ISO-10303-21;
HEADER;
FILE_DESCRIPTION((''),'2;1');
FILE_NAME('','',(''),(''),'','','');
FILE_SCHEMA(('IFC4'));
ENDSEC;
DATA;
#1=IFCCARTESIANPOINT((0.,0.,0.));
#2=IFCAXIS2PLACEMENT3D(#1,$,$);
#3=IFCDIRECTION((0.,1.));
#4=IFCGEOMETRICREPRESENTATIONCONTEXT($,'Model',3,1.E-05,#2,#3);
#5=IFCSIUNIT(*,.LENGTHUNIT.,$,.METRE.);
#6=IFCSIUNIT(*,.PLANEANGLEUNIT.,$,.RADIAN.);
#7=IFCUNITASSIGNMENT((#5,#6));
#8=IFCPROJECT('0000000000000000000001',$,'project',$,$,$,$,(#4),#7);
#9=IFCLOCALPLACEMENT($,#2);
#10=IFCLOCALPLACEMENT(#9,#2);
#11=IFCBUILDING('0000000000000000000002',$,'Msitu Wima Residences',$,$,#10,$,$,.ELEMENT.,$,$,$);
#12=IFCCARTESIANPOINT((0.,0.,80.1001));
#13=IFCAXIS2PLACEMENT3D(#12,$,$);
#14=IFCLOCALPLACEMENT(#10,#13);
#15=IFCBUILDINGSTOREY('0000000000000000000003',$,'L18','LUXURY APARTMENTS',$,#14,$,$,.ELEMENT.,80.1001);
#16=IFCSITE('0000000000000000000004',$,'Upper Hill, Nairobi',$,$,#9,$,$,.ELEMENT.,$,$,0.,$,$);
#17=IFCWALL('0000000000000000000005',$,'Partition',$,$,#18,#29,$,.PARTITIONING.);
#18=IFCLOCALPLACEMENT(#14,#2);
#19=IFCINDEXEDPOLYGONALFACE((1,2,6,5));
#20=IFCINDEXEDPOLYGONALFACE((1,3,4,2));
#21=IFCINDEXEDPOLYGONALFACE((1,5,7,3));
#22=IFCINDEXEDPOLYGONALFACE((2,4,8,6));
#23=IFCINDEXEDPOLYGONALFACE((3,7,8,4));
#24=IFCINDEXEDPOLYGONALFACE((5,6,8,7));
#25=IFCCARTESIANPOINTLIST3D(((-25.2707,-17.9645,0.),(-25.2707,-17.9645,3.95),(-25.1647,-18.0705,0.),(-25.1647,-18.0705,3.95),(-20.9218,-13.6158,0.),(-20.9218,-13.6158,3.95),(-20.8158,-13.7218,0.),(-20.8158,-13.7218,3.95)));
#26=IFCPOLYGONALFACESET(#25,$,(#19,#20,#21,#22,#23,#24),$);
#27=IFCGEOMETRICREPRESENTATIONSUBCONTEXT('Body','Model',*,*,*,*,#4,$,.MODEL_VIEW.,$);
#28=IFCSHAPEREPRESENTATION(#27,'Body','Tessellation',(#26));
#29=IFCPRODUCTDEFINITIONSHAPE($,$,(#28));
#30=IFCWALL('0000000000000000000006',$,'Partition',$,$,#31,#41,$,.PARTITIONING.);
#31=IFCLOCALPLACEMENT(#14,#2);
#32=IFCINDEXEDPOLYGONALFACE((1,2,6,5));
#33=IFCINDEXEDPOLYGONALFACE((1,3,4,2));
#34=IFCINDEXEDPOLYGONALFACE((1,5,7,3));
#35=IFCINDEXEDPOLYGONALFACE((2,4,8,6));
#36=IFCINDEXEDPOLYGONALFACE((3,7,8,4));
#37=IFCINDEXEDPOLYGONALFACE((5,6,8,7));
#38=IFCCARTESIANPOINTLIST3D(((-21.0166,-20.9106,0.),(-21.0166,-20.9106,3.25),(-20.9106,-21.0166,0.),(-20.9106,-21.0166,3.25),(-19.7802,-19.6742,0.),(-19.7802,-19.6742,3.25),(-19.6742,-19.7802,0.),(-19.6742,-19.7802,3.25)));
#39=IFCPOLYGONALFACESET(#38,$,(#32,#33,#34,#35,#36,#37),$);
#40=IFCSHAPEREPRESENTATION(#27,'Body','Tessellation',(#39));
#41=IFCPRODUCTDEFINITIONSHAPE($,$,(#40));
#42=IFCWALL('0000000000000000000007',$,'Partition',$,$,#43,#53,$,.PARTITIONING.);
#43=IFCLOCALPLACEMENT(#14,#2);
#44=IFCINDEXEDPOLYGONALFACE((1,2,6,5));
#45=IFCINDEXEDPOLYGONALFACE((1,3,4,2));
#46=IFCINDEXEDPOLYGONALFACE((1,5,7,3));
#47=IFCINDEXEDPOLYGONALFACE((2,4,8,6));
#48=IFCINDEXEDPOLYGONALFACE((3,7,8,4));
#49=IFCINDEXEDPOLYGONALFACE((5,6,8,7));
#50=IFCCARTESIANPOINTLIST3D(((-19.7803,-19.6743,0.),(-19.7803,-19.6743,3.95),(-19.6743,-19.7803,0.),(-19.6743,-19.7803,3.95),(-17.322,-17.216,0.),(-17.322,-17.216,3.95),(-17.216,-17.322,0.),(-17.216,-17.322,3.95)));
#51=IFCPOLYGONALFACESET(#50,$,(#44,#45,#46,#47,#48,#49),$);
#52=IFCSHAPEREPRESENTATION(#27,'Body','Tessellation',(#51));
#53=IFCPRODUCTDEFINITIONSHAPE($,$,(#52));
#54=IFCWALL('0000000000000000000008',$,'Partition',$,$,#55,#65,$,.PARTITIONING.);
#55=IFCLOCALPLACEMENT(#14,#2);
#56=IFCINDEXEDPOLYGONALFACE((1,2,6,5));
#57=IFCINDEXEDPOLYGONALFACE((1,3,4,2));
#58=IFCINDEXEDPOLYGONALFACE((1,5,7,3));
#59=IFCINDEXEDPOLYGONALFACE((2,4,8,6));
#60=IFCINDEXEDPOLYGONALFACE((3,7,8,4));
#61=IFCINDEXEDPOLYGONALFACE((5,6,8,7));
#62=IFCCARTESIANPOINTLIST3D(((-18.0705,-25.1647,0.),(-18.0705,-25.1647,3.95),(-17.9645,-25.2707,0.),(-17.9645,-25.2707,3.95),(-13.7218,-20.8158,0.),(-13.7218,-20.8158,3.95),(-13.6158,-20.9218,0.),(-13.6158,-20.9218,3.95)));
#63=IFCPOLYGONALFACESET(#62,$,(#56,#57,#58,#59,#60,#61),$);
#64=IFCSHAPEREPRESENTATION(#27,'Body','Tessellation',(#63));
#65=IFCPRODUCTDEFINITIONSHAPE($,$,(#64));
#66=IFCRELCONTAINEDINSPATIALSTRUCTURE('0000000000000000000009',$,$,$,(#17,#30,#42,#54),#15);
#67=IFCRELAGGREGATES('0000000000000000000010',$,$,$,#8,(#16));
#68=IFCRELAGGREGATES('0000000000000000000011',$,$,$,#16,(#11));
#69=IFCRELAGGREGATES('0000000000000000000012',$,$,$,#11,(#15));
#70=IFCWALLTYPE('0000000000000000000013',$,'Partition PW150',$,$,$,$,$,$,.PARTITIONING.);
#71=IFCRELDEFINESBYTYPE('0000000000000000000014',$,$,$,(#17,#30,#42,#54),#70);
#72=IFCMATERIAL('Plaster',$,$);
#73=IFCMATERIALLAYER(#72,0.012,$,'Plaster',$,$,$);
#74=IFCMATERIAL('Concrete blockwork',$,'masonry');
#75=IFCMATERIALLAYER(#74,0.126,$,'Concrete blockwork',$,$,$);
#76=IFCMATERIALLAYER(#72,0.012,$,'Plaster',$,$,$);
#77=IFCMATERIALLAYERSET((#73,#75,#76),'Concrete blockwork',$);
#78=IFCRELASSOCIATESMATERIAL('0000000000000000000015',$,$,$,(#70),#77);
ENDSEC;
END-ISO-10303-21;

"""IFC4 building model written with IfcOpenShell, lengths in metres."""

from ifc_helpers import new_model, si_unit, direction, frame, frame_2d, origin, place, context, subcontext, project, spatial, rectangle, extrude, material, layer, layer_set, type_object, element, save


model = new_model("IFC4")

# Units and contexts
model_context = context("Model", 3, precision=1e-05, world=origin(), true_north=direction((0.0, 1.0)))
body_context = subcontext(model_context, "Body", "Model", "MODEL_VIEW")
ifc_project = project(units=[si_unit("LENGTHUNIT", "METRE"), si_unit("PLANEANGLEUNIT", "RADIAN")], contexts=[model_context])

# Site, building, storey
site_placement = place(None, origin())
site = spatial("IfcSite", under=ifc_project, at=site_placement, Name="Upper Hill, Nairobi", CompositionType="ELEMENT", RefElevation=0.0)
building_placement = place(site_placement, origin())
building = spatial("IfcBuilding", under=site, at=building_placement, Name="Msitu Wima Residences", CompositionType="ELEMENT")
storey_placement = place(building_placement, frame((0.0, 0.0, 80.1001)))
storey = spatial("IfcBuildingStorey", under=building, at=storey_placement, Name="L18", Description="LUXURY APARTMENTS", CompositionType="ELEMENT", Elevation=80.1001)

# Shared definitions
ifc_material_1 = material(Name="Plaster")
ifc_material_2 = material(Name="Concrete blockwork", Category="masonry")

# Walls
ifc_layer_1 = layer(ifc_material_1, 0.012, Name="Plaster")
ifc_layer_2 = layer(ifc_material_2, 0.126, Name="Concrete blockwork")
ifc_layer_3 = layer(ifc_material_1, 0.012, Name="Plaster")
ifc_layer_set_1 = layer_set([ifc_layer_1, ifc_layer_2, ifc_layer_3], Name="Concrete blockwork")
wall_type_1 = type_object("IfcWallType", Name="Partition PW150", PredefinedType="PARTITIONING", material=ifc_layer_set_1)
wall_1_placement = place(storey_placement, frame((-25.2178, -18.0176, 0.0), z_axis=(0.0, 0.0, 1.0), x_axis=(0.707127, 0.707087, 0.0)))
element("IfcWall", 1, at=wall_1_placement, inside=storey, type_object=wall_type_1, Name="Partition", PredefinedType="PARTITIONING", context=body_context, shape_type="SweptSolid", body=[
    extrude(rectangle(XDim=6.1501, YDim=0.1499, at=frame_2d((3.0752, 0.0))), origin(), (0.0, 0.0, 1.0), 3.95),
])
wall_2_placement = place(storey_placement, frame((-20.9636, -20.9636, 0.0), z_axis=(0.0, 0.0, 1.0), x_axis=(0.707107, 0.707107, 0.0)))
element("IfcWall", 2, at=wall_2_placement, inside=storey, type_object=wall_type_1, Name="Partition", PredefinedType="PARTITIONING", context=body_context, shape_type="SweptSolid", body=[
    extrude(rectangle(XDim=1.7485, YDim=0.1499, at=frame_2d((0.8743, 0.0))), origin(), (0.0, 0.0, 1.0), 3.25),
])
wall_3_placement = place(storey_placement, frame((-19.7273, -19.7273, 0.0), z_axis=(0.0, 0.0, 1.0), x_axis=(0.707107, 0.707107, 0.0)))
element("IfcWall", 3, at=wall_3_placement, inside=storey, type_object=wall_type_1, Name="Partition", PredefinedType="PARTITIONING", context=body_context, shape_type="SweptSolid", body=[
    extrude(rectangle(XDim=3.4766, YDim=0.1499, at=frame_2d((1.7383, 0.0))), origin(), (0.0, 0.0, 1.0), 3.95),
])
wall_4_placement = place(storey_placement, frame((-18.0176, -25.2178, 0.0), z_axis=(0.0, 0.0, 1.0), x_axis=(0.707087, 0.707127, 0.0)))
element("IfcWall", 4, at=wall_4_placement, inside=storey, type_object=wall_type_1, Name="Partition", PredefinedType="PARTITIONING", context=body_context, shape_type="SweptSolid", body=[
    extrude(rectangle(XDim=6.1501, YDim=0.1499, at=frame_2d((3.0752, 0.0))), origin(), (0.0, 0.0, 1.0), 3.95),
])

save(model, "model.ifc")
